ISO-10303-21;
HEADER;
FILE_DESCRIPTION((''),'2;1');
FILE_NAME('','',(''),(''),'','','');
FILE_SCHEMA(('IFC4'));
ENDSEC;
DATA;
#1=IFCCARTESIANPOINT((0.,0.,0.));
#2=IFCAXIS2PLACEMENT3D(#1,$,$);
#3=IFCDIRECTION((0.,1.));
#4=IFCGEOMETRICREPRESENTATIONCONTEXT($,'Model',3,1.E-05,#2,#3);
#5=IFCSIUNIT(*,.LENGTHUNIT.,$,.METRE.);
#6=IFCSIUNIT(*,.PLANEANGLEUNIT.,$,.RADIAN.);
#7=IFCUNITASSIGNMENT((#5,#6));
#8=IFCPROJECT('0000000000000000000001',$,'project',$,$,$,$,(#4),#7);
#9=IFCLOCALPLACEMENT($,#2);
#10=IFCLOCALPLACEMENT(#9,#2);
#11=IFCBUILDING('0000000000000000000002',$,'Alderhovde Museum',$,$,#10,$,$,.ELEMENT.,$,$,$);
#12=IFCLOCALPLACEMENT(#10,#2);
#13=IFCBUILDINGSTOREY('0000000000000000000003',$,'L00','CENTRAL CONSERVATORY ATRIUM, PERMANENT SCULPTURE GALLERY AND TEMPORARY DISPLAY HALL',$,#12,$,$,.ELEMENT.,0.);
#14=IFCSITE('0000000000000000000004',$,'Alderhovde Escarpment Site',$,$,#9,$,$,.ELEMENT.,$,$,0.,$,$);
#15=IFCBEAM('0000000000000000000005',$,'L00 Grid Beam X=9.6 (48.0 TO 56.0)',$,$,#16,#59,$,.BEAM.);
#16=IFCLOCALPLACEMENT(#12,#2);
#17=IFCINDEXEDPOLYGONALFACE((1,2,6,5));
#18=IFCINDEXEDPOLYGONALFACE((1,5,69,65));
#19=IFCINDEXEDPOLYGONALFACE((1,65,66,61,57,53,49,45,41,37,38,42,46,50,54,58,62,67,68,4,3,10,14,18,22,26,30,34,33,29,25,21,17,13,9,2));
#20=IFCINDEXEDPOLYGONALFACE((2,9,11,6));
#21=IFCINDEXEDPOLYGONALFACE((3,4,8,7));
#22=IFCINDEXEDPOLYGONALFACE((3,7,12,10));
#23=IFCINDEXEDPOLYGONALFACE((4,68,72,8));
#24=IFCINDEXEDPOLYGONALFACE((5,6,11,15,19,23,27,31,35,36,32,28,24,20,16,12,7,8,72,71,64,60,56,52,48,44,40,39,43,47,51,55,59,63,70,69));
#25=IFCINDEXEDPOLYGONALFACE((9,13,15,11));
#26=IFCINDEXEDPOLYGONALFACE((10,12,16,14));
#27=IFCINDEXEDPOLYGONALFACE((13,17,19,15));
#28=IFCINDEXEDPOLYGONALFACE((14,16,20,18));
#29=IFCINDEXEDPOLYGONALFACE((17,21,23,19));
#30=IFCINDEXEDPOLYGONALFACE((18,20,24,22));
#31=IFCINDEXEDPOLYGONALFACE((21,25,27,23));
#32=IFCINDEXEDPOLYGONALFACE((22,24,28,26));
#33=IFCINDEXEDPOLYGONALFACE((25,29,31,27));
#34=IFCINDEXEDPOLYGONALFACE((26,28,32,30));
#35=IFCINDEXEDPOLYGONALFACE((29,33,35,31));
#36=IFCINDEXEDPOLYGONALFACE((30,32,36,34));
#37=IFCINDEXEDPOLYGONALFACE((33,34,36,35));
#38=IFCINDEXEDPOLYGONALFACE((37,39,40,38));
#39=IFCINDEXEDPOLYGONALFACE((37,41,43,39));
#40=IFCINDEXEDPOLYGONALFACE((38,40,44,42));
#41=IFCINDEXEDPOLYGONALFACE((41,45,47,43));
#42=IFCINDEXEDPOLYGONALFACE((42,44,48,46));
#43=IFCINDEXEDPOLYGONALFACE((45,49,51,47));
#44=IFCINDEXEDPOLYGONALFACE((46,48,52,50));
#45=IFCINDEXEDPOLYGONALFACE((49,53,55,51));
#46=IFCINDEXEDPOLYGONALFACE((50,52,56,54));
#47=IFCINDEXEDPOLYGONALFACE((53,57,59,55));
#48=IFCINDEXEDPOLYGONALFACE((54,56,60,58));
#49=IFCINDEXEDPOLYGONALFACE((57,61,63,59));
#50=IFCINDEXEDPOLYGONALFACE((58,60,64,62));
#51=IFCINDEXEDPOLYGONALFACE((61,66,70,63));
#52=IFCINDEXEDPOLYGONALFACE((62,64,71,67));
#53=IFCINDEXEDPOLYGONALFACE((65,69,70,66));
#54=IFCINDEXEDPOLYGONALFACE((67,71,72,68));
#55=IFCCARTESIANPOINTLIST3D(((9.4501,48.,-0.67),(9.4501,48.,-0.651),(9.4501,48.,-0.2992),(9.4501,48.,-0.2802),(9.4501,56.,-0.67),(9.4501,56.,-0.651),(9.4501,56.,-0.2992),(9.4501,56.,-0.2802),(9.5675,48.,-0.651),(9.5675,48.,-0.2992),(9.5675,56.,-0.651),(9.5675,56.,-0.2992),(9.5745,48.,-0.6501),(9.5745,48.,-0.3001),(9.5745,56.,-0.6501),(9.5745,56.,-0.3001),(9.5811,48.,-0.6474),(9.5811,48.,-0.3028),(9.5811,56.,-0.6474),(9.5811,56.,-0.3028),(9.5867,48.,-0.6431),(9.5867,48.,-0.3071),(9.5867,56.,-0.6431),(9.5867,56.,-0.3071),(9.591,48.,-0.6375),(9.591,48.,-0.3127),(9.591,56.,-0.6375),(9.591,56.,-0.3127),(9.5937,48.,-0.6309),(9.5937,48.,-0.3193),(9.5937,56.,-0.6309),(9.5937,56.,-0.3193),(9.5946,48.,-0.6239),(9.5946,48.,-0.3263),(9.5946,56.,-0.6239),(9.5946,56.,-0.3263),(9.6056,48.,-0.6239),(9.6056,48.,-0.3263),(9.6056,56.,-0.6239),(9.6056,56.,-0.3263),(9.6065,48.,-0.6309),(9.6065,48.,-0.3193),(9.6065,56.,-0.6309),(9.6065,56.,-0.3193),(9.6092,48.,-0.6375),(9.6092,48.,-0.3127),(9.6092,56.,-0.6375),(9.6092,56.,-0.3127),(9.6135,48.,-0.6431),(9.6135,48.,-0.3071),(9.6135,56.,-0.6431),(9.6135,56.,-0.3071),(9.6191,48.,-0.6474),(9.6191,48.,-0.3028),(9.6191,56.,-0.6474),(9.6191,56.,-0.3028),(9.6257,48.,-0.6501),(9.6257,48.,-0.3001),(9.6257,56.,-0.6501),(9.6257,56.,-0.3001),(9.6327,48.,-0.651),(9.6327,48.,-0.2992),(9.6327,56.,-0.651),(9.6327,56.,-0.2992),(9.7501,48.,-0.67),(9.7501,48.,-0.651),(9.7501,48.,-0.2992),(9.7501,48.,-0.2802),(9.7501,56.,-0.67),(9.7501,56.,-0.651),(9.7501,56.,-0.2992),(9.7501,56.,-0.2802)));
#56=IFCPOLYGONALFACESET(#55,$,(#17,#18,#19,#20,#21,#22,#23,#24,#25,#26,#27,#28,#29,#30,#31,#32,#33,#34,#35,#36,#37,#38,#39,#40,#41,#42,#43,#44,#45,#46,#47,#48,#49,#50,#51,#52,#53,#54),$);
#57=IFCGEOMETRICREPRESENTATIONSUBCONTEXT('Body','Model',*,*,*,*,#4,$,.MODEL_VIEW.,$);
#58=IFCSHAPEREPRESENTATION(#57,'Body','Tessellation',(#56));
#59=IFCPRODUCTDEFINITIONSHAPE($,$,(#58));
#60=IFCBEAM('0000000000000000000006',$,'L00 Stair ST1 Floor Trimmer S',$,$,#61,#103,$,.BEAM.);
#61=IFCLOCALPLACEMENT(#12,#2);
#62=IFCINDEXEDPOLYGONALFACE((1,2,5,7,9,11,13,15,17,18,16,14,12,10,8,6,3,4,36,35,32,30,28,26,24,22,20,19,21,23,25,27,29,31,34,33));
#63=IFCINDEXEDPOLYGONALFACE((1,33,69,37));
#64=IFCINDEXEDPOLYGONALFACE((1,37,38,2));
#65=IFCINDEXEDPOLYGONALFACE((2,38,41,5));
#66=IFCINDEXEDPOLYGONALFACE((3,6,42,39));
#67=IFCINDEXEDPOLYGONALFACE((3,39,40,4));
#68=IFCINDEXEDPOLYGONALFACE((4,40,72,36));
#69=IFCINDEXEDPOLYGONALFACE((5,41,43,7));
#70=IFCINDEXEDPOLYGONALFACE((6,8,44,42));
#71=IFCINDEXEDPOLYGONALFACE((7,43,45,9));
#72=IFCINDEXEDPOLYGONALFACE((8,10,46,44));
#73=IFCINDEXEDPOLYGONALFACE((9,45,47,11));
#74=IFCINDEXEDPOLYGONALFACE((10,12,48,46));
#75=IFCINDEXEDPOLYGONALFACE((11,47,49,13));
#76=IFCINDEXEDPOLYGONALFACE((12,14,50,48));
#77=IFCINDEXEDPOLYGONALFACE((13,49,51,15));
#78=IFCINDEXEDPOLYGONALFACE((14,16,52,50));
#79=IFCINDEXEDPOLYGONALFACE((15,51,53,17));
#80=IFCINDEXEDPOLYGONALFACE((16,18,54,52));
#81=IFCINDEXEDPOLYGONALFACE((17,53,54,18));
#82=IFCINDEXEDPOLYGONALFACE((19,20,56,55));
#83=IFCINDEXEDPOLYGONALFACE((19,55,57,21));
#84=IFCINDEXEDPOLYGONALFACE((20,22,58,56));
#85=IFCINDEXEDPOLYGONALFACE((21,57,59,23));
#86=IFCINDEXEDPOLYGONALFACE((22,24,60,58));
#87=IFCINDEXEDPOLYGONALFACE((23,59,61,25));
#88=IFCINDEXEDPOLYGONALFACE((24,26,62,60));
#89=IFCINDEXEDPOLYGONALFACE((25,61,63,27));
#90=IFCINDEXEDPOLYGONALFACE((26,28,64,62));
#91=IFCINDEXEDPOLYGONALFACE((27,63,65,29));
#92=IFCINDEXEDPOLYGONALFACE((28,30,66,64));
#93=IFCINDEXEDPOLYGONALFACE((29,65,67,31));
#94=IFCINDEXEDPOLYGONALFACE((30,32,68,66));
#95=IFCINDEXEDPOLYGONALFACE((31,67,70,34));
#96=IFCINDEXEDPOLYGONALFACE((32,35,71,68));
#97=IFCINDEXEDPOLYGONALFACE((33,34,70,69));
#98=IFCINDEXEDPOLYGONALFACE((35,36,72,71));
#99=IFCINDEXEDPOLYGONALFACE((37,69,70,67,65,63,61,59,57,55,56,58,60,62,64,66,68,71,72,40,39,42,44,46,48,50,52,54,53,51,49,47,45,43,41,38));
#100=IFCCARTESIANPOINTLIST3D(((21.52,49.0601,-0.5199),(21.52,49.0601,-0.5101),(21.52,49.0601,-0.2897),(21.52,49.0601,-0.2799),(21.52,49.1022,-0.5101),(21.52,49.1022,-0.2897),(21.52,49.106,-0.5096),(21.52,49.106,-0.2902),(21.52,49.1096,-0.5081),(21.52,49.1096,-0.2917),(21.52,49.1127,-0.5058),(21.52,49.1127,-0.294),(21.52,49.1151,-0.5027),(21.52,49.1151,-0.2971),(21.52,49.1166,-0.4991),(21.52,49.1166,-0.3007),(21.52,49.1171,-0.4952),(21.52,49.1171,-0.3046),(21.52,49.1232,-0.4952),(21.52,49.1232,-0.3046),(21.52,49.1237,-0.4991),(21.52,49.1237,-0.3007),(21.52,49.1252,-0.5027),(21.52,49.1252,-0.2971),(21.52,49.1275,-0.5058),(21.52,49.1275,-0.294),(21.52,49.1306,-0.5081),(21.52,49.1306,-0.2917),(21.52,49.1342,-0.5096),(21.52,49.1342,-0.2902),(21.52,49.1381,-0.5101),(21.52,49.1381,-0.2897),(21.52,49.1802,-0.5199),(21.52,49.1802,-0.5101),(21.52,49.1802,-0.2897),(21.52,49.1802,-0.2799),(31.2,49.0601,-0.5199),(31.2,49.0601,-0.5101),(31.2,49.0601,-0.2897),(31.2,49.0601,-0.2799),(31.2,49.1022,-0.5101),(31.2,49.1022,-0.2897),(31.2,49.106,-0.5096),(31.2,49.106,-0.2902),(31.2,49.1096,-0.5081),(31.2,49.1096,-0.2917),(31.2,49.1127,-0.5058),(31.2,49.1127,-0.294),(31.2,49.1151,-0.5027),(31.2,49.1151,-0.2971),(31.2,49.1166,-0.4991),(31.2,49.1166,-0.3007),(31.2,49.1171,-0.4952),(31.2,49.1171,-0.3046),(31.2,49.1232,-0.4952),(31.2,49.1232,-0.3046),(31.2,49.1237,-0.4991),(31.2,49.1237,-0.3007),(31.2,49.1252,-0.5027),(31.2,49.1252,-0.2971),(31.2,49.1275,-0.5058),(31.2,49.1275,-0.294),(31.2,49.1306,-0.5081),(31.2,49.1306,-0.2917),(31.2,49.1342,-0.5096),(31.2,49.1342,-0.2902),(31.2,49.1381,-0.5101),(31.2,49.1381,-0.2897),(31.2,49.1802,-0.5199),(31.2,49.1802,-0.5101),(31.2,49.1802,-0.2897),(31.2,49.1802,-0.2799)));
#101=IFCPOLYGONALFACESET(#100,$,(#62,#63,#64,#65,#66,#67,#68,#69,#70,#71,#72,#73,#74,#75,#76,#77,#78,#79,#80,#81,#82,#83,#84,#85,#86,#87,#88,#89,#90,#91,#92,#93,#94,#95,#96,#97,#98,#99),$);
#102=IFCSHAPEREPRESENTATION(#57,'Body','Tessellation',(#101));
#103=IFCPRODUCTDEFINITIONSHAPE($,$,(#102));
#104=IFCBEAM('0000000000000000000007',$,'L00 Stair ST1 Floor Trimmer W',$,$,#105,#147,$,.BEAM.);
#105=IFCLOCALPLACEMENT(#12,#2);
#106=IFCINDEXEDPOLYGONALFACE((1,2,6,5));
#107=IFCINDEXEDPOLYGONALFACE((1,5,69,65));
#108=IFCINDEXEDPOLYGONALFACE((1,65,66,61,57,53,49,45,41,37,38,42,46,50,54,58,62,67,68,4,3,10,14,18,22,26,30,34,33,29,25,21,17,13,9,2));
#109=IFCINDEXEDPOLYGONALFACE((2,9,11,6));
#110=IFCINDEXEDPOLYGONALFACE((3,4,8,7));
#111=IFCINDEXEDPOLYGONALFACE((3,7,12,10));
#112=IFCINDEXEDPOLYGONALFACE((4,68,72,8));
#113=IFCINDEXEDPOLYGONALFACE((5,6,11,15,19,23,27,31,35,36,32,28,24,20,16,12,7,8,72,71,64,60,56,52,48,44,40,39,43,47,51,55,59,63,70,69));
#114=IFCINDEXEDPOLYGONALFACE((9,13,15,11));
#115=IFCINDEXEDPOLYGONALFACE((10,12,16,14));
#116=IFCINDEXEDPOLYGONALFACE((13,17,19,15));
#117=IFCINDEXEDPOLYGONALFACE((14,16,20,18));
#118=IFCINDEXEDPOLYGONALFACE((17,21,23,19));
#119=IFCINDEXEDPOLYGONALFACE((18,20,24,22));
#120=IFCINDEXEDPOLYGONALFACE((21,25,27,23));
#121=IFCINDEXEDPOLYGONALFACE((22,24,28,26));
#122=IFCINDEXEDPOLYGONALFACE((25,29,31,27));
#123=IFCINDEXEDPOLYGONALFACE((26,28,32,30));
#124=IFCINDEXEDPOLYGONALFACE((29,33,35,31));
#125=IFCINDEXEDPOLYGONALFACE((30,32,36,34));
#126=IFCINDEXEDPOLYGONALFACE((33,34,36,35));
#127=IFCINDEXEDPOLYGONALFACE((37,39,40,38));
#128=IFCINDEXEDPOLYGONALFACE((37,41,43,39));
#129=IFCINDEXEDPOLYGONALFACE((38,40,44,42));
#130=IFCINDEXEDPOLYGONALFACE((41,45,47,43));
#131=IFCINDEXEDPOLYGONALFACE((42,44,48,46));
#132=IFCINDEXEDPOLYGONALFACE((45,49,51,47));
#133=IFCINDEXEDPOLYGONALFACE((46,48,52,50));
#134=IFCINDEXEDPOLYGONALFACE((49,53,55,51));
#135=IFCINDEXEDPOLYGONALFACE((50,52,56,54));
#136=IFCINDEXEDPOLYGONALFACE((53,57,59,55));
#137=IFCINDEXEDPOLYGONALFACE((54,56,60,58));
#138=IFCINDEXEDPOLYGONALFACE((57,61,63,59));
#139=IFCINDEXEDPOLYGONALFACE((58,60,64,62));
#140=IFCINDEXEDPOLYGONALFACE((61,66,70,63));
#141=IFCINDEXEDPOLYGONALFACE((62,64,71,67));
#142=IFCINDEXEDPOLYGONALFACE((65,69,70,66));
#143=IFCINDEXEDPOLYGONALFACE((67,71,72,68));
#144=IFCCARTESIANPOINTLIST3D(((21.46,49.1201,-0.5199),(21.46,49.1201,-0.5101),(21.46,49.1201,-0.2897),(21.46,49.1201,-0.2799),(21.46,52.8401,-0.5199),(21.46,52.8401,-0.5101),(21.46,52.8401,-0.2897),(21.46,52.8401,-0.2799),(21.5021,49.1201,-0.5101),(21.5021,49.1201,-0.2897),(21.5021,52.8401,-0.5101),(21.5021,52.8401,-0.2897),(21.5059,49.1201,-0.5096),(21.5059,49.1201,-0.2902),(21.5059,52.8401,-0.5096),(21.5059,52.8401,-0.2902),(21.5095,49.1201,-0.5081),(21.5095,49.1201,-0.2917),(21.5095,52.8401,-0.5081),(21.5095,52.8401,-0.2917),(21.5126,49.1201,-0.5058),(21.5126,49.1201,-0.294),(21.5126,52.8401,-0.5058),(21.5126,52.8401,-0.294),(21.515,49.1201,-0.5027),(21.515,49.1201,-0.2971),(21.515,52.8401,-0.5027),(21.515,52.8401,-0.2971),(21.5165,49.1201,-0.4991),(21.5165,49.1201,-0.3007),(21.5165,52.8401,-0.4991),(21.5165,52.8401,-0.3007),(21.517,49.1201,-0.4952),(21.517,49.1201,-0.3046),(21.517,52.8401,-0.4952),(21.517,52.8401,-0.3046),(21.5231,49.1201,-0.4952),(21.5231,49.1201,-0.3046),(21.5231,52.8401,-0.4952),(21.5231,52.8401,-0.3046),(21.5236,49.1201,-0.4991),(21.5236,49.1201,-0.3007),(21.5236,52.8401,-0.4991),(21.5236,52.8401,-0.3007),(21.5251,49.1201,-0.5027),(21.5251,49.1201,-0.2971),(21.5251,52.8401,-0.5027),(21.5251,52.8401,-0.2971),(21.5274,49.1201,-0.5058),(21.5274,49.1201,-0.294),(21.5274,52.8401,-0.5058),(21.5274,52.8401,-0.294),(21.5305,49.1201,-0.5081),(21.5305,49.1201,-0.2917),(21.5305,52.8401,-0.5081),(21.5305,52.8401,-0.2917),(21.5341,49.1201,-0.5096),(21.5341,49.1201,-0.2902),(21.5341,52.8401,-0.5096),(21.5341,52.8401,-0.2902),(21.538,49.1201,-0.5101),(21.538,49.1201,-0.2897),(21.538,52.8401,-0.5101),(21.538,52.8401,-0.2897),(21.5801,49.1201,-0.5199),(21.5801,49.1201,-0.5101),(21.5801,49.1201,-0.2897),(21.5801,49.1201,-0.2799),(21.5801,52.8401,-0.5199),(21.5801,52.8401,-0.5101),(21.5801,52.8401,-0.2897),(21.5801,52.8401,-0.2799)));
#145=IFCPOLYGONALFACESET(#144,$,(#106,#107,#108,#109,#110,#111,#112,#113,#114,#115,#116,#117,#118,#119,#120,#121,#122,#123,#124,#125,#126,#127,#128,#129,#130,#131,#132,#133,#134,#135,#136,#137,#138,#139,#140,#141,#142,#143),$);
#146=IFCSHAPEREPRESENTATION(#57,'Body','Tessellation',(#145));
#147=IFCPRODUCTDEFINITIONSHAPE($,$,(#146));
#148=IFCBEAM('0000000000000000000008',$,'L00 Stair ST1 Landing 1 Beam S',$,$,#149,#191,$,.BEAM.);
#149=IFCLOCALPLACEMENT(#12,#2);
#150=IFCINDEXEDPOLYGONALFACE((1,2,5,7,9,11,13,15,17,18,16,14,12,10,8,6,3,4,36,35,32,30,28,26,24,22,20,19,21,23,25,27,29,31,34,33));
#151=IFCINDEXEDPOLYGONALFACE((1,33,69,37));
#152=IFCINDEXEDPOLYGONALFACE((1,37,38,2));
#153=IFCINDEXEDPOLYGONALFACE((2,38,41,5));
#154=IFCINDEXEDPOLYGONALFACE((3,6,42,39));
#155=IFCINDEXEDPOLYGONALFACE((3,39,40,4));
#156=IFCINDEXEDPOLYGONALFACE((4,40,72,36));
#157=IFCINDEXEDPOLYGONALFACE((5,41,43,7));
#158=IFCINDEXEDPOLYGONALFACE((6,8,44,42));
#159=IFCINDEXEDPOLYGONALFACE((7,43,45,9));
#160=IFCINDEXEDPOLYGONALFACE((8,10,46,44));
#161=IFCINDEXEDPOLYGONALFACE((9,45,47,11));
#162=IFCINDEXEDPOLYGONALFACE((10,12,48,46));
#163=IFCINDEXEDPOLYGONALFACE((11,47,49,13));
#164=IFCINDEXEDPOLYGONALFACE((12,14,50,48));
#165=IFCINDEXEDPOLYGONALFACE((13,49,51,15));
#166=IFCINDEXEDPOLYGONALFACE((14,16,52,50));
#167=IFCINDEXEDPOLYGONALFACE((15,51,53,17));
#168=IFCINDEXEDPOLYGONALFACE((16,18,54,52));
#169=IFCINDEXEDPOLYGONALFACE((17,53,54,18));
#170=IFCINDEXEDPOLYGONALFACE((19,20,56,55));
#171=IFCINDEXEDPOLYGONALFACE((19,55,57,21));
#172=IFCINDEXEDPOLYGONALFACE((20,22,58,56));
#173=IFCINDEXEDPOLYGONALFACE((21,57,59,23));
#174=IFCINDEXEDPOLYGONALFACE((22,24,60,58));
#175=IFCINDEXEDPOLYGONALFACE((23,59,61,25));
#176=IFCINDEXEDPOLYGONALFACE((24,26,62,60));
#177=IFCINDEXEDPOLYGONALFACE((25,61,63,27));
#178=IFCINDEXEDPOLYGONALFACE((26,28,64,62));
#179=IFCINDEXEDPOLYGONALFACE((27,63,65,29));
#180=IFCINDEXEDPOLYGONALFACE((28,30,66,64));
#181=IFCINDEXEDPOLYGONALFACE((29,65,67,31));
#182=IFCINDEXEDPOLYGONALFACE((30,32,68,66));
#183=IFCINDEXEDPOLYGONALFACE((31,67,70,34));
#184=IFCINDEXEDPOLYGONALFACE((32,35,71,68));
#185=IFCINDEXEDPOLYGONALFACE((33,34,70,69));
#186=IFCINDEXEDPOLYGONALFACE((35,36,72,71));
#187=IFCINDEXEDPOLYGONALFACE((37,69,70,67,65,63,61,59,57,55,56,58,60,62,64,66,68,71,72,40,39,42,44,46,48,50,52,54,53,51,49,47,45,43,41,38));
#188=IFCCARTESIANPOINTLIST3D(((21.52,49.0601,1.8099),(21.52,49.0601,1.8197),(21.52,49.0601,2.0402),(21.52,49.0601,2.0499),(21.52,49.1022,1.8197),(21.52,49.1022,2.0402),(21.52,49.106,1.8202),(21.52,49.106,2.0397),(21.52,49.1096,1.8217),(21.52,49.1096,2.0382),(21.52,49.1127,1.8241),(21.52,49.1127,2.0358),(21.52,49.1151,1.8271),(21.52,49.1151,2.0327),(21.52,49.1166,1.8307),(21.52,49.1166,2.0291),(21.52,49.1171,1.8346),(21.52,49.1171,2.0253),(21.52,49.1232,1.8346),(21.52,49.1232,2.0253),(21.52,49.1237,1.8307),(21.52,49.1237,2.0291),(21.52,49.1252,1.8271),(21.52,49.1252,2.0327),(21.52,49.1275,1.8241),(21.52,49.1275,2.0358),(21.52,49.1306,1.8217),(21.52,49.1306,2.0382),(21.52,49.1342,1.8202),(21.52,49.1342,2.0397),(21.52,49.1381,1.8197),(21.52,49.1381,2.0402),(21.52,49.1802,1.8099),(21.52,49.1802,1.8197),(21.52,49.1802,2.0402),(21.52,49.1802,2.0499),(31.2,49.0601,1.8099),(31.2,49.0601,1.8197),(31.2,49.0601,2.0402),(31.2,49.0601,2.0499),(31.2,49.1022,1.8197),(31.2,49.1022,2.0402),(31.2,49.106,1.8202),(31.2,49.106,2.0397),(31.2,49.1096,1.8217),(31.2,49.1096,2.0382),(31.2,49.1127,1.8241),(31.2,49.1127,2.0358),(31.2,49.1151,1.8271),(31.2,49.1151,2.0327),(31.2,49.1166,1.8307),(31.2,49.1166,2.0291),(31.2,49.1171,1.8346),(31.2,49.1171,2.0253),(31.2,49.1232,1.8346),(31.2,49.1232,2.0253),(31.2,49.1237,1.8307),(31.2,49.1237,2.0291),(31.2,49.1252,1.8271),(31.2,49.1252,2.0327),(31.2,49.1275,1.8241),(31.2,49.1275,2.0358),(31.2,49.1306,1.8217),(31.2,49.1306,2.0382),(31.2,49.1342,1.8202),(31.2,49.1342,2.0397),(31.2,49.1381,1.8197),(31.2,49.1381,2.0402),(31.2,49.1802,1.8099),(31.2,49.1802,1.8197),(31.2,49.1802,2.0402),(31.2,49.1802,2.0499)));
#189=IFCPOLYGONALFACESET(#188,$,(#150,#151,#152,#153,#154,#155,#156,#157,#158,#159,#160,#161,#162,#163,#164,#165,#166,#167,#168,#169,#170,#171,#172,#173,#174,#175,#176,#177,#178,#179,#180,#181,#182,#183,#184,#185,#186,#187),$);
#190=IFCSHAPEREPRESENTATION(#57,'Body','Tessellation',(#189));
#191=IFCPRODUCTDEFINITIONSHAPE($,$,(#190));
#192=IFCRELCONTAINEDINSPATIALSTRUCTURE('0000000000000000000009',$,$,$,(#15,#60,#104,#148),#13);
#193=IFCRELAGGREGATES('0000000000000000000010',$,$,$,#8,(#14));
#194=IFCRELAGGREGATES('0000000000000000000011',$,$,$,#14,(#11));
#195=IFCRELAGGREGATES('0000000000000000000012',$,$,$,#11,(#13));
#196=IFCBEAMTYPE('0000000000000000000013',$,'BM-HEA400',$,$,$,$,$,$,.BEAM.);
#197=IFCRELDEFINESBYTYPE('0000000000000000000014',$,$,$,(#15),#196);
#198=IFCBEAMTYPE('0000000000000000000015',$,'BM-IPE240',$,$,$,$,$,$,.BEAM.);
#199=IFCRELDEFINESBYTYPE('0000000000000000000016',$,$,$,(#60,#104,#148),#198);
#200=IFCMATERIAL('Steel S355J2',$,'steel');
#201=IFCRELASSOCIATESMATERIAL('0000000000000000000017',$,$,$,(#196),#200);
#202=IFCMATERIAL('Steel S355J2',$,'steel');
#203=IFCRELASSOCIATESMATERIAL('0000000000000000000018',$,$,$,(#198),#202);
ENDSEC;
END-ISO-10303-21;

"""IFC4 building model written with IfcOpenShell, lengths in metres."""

from ifc_helpers import new_model, si_unit, direction, frame, origin, origin_2d, place, context, subcontext, project, spatial, i_section, extrude, material, material_profile, profile_set, type_object, element, save


model = new_model("IFC4")

# Units and contexts
model_context = context("Model", 3, precision=1e-05, world=origin(), true_north=direction((0.0, 1.0)))
body_context = subcontext(model_context, "Body", "Model", "MODEL_VIEW")
ifc_project = project(units=[si_unit("LENGTHUNIT", "METRE"), si_unit("PLANEANGLEUNIT", "RADIAN")], contexts=[model_context])

# Site, building, storey
site_placement = place(None, origin())
site = spatial("IfcSite", under=ifc_project, at=site_placement, Name="Alderhovde Escarpment Site", CompositionType="ELEMENT", RefElevation=0.0)
building_placement = place(site_placement, origin())
building = spatial("IfcBuilding", under=site, at=building_placement, Name="Alderhovde Museum", CompositionType="ELEMENT")
storey_placement = place(building_placement, origin())
storey = spatial("IfcBuildingStorey", under=building, at=storey_placement, Name="L00", Description="CENTRAL CONSERVATORY ATRIUM, PERMANENT SCULPTURE GALLERY AND TEMPORARY DISPLAY HALL", CompositionType="ELEMENT", Elevation=0.0)

# Beams
ifc_material_1 = material(Name="Steel S355J2", Category="steel")
ifc_material_profile_1 = material_profile(ifc_material_1, i_section(OverallWidth=0.3, OverallDepth=0.3899, WebThickness=0.011, FlangeThickness=0.019, FilletRadius=0.0271, at=origin_2d()), Name="HEA 400")
ifc_profile_set_1 = profile_set([ifc_material_profile_1], Name="Steel S355J2")
beam_type_1 = type_object("IfcBeamType", Name="BM-HEA400", PredefinedType="BEAM", material=ifc_profile_set_1)
beam_1_placement = place(storey_placement, frame((9.6001, 48.0, -0.4751), z_axis=(0.0, 1.0, 0.0), x_axis=(-1.0, 0.0, 0.0)))
element("IfcBeam", 1, at=beam_1_placement, inside=storey, type_object=beam_type_1, Name="L00 Grid Beam X=9.6 (48.0 TO 56.0)", PredefinedType="BEAM", context=body_context, shape_type="SweptSolid", body=[
    extrude(i_section(OverallWidth=0.3, OverallDepth=0.3899, WebThickness=0.011, FlangeThickness=0.019, FilletRadius=0.0271, at=origin_2d()), origin(), (0.0, 0.0, 1.0), 8.0),
])
ifc_material_2 = material(Name="Steel S355J2", Category="steel")
ifc_material_profile_2 = material_profile(ifc_material_2, i_section(OverallWidth=0.1201, OverallDepth=0.24, WebThickness=0.0061, FlangeThickness=0.0098, FilletRadius=0.0149, at=origin_2d()), Name="IPE 240")
ifc_profile_set_2 = profile_set([ifc_material_profile_2], Name="Steel S355J2")
beam_type_2 = type_object("IfcBeamType", Name="BM-IPE240", PredefinedType="BEAM", material=ifc_profile_set_2)
beam_2_placement = place(storey_placement, frame((21.52, 49.1201, -0.3999), z_axis=(1.0, 0.0, 0.0), x_axis=(0.0, 1.0, 0.0)))
element("IfcBeam", 2, at=beam_2_placement, inside=storey, type_object=beam_type_2, Name="L00 Stair ST1 Floor Trimmer S", PredefinedType="BEAM", context=body_context, shape_type="SweptSolid", body=[
    extrude(i_section(OverallWidth=0.1201, OverallDepth=0.24, WebThickness=0.0061, FlangeThickness=0.0098, FilletRadius=0.0149, at=origin_2d()), origin(), (0.0, 0.0, 1.0), 9.6799),
])
beam_3_placement = place(storey_placement, frame((21.52, 49.1201, -0.3999), z_axis=(0.0, 1.0, 0.0), x_axis=(-1.0, 0.0, 0.0)))
element("IfcBeam", 3, at=beam_3_placement, inside=storey, type_object=beam_type_2, Name="L00 Stair ST1 Floor Trimmer W", PredefinedType="BEAM", context=body_context, shape_type="SweptSolid", body=[
    extrude(i_section(OverallWidth=0.1201, OverallDepth=0.24, WebThickness=0.0061, FlangeThickness=0.0098, FilletRadius=0.0149, at=origin_2d()), origin(), (0.0, 0.0, 1.0), 3.72),
])
beam_4_placement = place(storey_placement, frame((21.52, 49.1201, 1.9299), z_axis=(1.0, 0.0, 0.0), x_axis=(0.0, 1.0, 0.0)))
element("IfcBeam", 4, at=beam_4_placement, inside=storey, type_object=beam_type_2, Name="L00 Stair ST1 Landing 1 Beam S", PredefinedType="BEAM", context=body_context, shape_type="SweptSolid", body=[
    extrude(i_section(OverallWidth=0.1201, OverallDepth=0.24, WebThickness=0.0061, FlangeThickness=0.0098, FilletRadius=0.0149, at=origin_2d()), origin(), (0.0, 0.0, 1.0), 9.6799),
])

save(model, "model.ifc")
